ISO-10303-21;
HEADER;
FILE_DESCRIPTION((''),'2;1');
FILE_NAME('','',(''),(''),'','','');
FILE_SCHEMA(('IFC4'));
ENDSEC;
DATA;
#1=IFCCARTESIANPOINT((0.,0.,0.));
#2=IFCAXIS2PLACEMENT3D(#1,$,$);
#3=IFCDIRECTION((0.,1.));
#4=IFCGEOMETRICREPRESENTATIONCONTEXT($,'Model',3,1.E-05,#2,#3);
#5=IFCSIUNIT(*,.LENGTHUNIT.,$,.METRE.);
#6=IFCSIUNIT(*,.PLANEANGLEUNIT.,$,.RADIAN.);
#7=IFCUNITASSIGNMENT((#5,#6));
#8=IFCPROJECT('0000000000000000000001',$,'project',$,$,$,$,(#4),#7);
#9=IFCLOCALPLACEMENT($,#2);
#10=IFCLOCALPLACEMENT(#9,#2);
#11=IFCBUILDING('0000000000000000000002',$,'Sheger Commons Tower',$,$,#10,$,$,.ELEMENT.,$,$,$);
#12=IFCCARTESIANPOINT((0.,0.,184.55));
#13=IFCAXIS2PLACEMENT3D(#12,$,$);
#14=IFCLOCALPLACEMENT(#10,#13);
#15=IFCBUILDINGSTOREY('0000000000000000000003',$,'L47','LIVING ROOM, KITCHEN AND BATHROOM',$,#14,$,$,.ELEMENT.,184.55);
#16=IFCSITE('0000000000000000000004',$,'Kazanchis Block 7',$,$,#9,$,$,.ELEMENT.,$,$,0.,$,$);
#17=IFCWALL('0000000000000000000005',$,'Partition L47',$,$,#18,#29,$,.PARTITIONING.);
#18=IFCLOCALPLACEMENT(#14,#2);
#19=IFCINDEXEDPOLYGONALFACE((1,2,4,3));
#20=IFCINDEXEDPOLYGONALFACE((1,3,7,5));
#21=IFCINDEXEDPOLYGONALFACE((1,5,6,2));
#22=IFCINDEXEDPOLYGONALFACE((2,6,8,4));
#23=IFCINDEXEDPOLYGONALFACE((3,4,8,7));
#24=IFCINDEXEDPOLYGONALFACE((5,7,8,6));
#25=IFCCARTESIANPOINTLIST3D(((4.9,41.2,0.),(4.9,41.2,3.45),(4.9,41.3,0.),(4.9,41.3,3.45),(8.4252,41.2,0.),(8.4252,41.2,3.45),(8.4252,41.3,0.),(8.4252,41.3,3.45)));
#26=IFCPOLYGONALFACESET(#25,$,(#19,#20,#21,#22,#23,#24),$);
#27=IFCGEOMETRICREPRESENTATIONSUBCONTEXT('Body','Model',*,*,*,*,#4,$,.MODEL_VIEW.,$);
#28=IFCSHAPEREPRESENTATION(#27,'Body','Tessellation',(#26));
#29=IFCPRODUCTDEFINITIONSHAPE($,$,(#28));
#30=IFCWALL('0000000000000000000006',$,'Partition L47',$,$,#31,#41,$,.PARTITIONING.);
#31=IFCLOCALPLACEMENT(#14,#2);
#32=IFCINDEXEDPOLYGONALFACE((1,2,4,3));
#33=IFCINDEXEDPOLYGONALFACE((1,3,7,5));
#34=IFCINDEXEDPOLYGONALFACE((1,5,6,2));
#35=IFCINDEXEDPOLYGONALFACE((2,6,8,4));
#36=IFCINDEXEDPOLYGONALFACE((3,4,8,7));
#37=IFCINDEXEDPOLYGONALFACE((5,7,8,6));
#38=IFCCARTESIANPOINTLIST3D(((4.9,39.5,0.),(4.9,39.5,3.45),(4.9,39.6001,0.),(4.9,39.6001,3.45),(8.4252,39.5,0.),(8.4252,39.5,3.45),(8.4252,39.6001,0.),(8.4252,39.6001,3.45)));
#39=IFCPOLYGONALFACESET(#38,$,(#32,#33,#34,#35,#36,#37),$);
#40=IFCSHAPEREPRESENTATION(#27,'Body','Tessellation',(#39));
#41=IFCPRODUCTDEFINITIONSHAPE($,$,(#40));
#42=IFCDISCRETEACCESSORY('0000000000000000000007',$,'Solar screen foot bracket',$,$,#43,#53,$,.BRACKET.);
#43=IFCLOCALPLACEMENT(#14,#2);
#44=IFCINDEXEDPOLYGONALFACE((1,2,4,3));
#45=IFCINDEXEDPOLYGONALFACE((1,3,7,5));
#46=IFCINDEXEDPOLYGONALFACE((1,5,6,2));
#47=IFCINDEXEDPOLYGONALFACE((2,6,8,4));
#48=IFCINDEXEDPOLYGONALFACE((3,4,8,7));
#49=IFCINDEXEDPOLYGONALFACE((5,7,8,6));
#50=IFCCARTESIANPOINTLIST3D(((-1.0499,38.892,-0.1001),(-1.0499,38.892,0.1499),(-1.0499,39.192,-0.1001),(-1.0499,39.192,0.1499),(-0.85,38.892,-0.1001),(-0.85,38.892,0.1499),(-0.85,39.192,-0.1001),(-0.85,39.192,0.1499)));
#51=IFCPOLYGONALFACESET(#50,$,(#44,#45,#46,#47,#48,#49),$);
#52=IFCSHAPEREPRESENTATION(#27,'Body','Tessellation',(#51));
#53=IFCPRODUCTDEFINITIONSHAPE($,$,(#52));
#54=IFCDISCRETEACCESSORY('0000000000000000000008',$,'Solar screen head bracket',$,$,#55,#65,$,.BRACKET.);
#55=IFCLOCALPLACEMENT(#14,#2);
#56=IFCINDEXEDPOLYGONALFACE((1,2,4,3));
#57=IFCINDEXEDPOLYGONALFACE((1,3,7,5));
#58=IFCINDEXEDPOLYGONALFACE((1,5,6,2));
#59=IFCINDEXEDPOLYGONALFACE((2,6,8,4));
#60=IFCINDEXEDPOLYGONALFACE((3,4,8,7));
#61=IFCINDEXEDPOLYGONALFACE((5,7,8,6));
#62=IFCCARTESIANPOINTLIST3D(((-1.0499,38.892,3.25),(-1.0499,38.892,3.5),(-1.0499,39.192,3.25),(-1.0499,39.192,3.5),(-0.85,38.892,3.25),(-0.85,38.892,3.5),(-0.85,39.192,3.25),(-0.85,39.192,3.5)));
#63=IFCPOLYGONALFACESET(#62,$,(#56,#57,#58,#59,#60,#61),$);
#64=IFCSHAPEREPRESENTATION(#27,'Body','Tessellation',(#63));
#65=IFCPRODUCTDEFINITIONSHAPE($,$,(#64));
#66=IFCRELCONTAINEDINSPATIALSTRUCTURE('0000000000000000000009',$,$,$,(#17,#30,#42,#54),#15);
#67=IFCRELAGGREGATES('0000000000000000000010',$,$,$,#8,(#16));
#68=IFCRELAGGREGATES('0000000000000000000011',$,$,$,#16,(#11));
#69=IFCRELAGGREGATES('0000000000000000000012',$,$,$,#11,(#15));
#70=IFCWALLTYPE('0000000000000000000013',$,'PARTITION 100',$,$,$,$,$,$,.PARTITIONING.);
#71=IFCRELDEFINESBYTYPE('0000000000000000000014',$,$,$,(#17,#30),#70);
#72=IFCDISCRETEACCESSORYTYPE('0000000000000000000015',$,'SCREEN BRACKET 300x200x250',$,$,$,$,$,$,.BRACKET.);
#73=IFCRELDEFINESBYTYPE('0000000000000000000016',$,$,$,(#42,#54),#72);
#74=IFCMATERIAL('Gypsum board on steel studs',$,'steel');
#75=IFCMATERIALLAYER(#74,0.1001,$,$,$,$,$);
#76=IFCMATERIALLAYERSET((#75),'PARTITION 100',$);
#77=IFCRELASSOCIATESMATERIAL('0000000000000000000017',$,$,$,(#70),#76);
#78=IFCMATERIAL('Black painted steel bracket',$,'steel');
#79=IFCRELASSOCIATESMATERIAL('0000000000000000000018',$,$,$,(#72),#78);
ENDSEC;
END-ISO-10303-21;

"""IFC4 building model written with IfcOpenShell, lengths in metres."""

from ifc_helpers import new_model, si_unit, direction, frame, frame_2d, origin, origin_2d, place, context, subcontext, project, spatial, rectangle, extrude, material, layer, layer_set, type_object, element, save


model = new_model("IFC4")

# Units and contexts
model_context = context("Model", 3, precision=1e-05, world=origin(), true_north=direction((0.0, 1.0)))
body_context = subcontext(model_context, "Body", "Model", "MODEL_VIEW")
ifc_project = project(units=[si_unit("LENGTHUNIT", "METRE"), si_unit("PLANEANGLEUNIT", "RADIAN")], contexts=[model_context])

# Site, building, storey
site_placement = place(None, origin())
site = spatial("IfcSite", under=ifc_project, at=site_placement, Name="Kazanchis Block 7", CompositionType="ELEMENT", RefElevation=0.0)
building_placement = place(site_placement, origin())
building = spatial("IfcBuilding", under=site, at=building_placement, Name="Sheger Commons Tower", CompositionType="ELEMENT")
storey_placement = place(building_placement, frame((0.0, 0.0, 184.55)))
storey = spatial("IfcBuildingStorey", under=building, at=storey_placement, Name="L47", Description="LIVING ROOM, KITCHEN AND BATHROOM", CompositionType="ELEMENT", Elevation=184.55)

# Shared definitions
ifc_material_1 = material(Name="Gypsum board on steel studs", Category="steel")
ifc_layer_1 = layer(ifc_material_1, 0.1001)
ifc_layer_set_1 = layer_set([ifc_layer_1], Name="PARTITION 100")
wall_type = type_object("IfcWallType", Name="PARTITION 100", PredefinedType="PARTITIONING", material=ifc_layer_set_1)

# Walls
for number, where, z_axis, x_axis, name in (
    (1, (4.8999, 41.25, 0.0), (0.0, 0.0, 1.0), (1.0, 0.0, 0.0), "Partition L47"),
    (2, (4.8999, 39.55, 0.0), (0.0, 0.0, 1.0), (1.0, 0.0, 0.0), "Partition L47"),
):
    element("IfcWall", number, at=place(storey_placement, frame(where, z_axis=z_axis, x_axis=x_axis)), inside=storey, type_object=wall_type, Name=name, PredefinedType="PARTITIONING", context=body_context, shape_type="SweptSolid", body=[
        extrude(rectangle(XDim=3.5251, YDim=0.1001, at=frame_2d((1.7627, 0.0))), origin(), (0.0, 0.0, 1.0), 3.45),
    ])

# Discrete accessories
ifc_material_2 = material(Name="Black painted steel bracket", Category="steel")
discrete_accessory_type = type_object("IfcDiscreteAccessoryType", Name="SCREEN BRACKET 300x200x250", PredefinedType="BRACKET", material=ifc_material_2)
for number, where, z_axis, x_axis, name in (
    (3, (-0.95, 39.042, -0.1001), (0.0, 0.0, 1.0), (0.0, -1.0, 0.0), "Solar screen foot bracket"),
    (4, (-0.95, 39.042, 3.25), (0.0, 0.0, 1.0), (0.0, -1.0, 0.0), "Solar screen head bracket"),
):
    element("IfcDiscreteAccessory", number, at=place(storey_placement, frame(where, z_axis=z_axis, x_axis=x_axis)), inside=storey, type_object=discrete_accessory_type, Name=name, PredefinedType="BRACKET", context=body_context, shape_type="SweptSolid", body=[
        extrude(rectangle(XDim=0.3, YDim=0.2, at=origin_2d()), origin(), (0.0, 0.0, 1.0), 0.25),
    ])

save(model, "model.ifc")
